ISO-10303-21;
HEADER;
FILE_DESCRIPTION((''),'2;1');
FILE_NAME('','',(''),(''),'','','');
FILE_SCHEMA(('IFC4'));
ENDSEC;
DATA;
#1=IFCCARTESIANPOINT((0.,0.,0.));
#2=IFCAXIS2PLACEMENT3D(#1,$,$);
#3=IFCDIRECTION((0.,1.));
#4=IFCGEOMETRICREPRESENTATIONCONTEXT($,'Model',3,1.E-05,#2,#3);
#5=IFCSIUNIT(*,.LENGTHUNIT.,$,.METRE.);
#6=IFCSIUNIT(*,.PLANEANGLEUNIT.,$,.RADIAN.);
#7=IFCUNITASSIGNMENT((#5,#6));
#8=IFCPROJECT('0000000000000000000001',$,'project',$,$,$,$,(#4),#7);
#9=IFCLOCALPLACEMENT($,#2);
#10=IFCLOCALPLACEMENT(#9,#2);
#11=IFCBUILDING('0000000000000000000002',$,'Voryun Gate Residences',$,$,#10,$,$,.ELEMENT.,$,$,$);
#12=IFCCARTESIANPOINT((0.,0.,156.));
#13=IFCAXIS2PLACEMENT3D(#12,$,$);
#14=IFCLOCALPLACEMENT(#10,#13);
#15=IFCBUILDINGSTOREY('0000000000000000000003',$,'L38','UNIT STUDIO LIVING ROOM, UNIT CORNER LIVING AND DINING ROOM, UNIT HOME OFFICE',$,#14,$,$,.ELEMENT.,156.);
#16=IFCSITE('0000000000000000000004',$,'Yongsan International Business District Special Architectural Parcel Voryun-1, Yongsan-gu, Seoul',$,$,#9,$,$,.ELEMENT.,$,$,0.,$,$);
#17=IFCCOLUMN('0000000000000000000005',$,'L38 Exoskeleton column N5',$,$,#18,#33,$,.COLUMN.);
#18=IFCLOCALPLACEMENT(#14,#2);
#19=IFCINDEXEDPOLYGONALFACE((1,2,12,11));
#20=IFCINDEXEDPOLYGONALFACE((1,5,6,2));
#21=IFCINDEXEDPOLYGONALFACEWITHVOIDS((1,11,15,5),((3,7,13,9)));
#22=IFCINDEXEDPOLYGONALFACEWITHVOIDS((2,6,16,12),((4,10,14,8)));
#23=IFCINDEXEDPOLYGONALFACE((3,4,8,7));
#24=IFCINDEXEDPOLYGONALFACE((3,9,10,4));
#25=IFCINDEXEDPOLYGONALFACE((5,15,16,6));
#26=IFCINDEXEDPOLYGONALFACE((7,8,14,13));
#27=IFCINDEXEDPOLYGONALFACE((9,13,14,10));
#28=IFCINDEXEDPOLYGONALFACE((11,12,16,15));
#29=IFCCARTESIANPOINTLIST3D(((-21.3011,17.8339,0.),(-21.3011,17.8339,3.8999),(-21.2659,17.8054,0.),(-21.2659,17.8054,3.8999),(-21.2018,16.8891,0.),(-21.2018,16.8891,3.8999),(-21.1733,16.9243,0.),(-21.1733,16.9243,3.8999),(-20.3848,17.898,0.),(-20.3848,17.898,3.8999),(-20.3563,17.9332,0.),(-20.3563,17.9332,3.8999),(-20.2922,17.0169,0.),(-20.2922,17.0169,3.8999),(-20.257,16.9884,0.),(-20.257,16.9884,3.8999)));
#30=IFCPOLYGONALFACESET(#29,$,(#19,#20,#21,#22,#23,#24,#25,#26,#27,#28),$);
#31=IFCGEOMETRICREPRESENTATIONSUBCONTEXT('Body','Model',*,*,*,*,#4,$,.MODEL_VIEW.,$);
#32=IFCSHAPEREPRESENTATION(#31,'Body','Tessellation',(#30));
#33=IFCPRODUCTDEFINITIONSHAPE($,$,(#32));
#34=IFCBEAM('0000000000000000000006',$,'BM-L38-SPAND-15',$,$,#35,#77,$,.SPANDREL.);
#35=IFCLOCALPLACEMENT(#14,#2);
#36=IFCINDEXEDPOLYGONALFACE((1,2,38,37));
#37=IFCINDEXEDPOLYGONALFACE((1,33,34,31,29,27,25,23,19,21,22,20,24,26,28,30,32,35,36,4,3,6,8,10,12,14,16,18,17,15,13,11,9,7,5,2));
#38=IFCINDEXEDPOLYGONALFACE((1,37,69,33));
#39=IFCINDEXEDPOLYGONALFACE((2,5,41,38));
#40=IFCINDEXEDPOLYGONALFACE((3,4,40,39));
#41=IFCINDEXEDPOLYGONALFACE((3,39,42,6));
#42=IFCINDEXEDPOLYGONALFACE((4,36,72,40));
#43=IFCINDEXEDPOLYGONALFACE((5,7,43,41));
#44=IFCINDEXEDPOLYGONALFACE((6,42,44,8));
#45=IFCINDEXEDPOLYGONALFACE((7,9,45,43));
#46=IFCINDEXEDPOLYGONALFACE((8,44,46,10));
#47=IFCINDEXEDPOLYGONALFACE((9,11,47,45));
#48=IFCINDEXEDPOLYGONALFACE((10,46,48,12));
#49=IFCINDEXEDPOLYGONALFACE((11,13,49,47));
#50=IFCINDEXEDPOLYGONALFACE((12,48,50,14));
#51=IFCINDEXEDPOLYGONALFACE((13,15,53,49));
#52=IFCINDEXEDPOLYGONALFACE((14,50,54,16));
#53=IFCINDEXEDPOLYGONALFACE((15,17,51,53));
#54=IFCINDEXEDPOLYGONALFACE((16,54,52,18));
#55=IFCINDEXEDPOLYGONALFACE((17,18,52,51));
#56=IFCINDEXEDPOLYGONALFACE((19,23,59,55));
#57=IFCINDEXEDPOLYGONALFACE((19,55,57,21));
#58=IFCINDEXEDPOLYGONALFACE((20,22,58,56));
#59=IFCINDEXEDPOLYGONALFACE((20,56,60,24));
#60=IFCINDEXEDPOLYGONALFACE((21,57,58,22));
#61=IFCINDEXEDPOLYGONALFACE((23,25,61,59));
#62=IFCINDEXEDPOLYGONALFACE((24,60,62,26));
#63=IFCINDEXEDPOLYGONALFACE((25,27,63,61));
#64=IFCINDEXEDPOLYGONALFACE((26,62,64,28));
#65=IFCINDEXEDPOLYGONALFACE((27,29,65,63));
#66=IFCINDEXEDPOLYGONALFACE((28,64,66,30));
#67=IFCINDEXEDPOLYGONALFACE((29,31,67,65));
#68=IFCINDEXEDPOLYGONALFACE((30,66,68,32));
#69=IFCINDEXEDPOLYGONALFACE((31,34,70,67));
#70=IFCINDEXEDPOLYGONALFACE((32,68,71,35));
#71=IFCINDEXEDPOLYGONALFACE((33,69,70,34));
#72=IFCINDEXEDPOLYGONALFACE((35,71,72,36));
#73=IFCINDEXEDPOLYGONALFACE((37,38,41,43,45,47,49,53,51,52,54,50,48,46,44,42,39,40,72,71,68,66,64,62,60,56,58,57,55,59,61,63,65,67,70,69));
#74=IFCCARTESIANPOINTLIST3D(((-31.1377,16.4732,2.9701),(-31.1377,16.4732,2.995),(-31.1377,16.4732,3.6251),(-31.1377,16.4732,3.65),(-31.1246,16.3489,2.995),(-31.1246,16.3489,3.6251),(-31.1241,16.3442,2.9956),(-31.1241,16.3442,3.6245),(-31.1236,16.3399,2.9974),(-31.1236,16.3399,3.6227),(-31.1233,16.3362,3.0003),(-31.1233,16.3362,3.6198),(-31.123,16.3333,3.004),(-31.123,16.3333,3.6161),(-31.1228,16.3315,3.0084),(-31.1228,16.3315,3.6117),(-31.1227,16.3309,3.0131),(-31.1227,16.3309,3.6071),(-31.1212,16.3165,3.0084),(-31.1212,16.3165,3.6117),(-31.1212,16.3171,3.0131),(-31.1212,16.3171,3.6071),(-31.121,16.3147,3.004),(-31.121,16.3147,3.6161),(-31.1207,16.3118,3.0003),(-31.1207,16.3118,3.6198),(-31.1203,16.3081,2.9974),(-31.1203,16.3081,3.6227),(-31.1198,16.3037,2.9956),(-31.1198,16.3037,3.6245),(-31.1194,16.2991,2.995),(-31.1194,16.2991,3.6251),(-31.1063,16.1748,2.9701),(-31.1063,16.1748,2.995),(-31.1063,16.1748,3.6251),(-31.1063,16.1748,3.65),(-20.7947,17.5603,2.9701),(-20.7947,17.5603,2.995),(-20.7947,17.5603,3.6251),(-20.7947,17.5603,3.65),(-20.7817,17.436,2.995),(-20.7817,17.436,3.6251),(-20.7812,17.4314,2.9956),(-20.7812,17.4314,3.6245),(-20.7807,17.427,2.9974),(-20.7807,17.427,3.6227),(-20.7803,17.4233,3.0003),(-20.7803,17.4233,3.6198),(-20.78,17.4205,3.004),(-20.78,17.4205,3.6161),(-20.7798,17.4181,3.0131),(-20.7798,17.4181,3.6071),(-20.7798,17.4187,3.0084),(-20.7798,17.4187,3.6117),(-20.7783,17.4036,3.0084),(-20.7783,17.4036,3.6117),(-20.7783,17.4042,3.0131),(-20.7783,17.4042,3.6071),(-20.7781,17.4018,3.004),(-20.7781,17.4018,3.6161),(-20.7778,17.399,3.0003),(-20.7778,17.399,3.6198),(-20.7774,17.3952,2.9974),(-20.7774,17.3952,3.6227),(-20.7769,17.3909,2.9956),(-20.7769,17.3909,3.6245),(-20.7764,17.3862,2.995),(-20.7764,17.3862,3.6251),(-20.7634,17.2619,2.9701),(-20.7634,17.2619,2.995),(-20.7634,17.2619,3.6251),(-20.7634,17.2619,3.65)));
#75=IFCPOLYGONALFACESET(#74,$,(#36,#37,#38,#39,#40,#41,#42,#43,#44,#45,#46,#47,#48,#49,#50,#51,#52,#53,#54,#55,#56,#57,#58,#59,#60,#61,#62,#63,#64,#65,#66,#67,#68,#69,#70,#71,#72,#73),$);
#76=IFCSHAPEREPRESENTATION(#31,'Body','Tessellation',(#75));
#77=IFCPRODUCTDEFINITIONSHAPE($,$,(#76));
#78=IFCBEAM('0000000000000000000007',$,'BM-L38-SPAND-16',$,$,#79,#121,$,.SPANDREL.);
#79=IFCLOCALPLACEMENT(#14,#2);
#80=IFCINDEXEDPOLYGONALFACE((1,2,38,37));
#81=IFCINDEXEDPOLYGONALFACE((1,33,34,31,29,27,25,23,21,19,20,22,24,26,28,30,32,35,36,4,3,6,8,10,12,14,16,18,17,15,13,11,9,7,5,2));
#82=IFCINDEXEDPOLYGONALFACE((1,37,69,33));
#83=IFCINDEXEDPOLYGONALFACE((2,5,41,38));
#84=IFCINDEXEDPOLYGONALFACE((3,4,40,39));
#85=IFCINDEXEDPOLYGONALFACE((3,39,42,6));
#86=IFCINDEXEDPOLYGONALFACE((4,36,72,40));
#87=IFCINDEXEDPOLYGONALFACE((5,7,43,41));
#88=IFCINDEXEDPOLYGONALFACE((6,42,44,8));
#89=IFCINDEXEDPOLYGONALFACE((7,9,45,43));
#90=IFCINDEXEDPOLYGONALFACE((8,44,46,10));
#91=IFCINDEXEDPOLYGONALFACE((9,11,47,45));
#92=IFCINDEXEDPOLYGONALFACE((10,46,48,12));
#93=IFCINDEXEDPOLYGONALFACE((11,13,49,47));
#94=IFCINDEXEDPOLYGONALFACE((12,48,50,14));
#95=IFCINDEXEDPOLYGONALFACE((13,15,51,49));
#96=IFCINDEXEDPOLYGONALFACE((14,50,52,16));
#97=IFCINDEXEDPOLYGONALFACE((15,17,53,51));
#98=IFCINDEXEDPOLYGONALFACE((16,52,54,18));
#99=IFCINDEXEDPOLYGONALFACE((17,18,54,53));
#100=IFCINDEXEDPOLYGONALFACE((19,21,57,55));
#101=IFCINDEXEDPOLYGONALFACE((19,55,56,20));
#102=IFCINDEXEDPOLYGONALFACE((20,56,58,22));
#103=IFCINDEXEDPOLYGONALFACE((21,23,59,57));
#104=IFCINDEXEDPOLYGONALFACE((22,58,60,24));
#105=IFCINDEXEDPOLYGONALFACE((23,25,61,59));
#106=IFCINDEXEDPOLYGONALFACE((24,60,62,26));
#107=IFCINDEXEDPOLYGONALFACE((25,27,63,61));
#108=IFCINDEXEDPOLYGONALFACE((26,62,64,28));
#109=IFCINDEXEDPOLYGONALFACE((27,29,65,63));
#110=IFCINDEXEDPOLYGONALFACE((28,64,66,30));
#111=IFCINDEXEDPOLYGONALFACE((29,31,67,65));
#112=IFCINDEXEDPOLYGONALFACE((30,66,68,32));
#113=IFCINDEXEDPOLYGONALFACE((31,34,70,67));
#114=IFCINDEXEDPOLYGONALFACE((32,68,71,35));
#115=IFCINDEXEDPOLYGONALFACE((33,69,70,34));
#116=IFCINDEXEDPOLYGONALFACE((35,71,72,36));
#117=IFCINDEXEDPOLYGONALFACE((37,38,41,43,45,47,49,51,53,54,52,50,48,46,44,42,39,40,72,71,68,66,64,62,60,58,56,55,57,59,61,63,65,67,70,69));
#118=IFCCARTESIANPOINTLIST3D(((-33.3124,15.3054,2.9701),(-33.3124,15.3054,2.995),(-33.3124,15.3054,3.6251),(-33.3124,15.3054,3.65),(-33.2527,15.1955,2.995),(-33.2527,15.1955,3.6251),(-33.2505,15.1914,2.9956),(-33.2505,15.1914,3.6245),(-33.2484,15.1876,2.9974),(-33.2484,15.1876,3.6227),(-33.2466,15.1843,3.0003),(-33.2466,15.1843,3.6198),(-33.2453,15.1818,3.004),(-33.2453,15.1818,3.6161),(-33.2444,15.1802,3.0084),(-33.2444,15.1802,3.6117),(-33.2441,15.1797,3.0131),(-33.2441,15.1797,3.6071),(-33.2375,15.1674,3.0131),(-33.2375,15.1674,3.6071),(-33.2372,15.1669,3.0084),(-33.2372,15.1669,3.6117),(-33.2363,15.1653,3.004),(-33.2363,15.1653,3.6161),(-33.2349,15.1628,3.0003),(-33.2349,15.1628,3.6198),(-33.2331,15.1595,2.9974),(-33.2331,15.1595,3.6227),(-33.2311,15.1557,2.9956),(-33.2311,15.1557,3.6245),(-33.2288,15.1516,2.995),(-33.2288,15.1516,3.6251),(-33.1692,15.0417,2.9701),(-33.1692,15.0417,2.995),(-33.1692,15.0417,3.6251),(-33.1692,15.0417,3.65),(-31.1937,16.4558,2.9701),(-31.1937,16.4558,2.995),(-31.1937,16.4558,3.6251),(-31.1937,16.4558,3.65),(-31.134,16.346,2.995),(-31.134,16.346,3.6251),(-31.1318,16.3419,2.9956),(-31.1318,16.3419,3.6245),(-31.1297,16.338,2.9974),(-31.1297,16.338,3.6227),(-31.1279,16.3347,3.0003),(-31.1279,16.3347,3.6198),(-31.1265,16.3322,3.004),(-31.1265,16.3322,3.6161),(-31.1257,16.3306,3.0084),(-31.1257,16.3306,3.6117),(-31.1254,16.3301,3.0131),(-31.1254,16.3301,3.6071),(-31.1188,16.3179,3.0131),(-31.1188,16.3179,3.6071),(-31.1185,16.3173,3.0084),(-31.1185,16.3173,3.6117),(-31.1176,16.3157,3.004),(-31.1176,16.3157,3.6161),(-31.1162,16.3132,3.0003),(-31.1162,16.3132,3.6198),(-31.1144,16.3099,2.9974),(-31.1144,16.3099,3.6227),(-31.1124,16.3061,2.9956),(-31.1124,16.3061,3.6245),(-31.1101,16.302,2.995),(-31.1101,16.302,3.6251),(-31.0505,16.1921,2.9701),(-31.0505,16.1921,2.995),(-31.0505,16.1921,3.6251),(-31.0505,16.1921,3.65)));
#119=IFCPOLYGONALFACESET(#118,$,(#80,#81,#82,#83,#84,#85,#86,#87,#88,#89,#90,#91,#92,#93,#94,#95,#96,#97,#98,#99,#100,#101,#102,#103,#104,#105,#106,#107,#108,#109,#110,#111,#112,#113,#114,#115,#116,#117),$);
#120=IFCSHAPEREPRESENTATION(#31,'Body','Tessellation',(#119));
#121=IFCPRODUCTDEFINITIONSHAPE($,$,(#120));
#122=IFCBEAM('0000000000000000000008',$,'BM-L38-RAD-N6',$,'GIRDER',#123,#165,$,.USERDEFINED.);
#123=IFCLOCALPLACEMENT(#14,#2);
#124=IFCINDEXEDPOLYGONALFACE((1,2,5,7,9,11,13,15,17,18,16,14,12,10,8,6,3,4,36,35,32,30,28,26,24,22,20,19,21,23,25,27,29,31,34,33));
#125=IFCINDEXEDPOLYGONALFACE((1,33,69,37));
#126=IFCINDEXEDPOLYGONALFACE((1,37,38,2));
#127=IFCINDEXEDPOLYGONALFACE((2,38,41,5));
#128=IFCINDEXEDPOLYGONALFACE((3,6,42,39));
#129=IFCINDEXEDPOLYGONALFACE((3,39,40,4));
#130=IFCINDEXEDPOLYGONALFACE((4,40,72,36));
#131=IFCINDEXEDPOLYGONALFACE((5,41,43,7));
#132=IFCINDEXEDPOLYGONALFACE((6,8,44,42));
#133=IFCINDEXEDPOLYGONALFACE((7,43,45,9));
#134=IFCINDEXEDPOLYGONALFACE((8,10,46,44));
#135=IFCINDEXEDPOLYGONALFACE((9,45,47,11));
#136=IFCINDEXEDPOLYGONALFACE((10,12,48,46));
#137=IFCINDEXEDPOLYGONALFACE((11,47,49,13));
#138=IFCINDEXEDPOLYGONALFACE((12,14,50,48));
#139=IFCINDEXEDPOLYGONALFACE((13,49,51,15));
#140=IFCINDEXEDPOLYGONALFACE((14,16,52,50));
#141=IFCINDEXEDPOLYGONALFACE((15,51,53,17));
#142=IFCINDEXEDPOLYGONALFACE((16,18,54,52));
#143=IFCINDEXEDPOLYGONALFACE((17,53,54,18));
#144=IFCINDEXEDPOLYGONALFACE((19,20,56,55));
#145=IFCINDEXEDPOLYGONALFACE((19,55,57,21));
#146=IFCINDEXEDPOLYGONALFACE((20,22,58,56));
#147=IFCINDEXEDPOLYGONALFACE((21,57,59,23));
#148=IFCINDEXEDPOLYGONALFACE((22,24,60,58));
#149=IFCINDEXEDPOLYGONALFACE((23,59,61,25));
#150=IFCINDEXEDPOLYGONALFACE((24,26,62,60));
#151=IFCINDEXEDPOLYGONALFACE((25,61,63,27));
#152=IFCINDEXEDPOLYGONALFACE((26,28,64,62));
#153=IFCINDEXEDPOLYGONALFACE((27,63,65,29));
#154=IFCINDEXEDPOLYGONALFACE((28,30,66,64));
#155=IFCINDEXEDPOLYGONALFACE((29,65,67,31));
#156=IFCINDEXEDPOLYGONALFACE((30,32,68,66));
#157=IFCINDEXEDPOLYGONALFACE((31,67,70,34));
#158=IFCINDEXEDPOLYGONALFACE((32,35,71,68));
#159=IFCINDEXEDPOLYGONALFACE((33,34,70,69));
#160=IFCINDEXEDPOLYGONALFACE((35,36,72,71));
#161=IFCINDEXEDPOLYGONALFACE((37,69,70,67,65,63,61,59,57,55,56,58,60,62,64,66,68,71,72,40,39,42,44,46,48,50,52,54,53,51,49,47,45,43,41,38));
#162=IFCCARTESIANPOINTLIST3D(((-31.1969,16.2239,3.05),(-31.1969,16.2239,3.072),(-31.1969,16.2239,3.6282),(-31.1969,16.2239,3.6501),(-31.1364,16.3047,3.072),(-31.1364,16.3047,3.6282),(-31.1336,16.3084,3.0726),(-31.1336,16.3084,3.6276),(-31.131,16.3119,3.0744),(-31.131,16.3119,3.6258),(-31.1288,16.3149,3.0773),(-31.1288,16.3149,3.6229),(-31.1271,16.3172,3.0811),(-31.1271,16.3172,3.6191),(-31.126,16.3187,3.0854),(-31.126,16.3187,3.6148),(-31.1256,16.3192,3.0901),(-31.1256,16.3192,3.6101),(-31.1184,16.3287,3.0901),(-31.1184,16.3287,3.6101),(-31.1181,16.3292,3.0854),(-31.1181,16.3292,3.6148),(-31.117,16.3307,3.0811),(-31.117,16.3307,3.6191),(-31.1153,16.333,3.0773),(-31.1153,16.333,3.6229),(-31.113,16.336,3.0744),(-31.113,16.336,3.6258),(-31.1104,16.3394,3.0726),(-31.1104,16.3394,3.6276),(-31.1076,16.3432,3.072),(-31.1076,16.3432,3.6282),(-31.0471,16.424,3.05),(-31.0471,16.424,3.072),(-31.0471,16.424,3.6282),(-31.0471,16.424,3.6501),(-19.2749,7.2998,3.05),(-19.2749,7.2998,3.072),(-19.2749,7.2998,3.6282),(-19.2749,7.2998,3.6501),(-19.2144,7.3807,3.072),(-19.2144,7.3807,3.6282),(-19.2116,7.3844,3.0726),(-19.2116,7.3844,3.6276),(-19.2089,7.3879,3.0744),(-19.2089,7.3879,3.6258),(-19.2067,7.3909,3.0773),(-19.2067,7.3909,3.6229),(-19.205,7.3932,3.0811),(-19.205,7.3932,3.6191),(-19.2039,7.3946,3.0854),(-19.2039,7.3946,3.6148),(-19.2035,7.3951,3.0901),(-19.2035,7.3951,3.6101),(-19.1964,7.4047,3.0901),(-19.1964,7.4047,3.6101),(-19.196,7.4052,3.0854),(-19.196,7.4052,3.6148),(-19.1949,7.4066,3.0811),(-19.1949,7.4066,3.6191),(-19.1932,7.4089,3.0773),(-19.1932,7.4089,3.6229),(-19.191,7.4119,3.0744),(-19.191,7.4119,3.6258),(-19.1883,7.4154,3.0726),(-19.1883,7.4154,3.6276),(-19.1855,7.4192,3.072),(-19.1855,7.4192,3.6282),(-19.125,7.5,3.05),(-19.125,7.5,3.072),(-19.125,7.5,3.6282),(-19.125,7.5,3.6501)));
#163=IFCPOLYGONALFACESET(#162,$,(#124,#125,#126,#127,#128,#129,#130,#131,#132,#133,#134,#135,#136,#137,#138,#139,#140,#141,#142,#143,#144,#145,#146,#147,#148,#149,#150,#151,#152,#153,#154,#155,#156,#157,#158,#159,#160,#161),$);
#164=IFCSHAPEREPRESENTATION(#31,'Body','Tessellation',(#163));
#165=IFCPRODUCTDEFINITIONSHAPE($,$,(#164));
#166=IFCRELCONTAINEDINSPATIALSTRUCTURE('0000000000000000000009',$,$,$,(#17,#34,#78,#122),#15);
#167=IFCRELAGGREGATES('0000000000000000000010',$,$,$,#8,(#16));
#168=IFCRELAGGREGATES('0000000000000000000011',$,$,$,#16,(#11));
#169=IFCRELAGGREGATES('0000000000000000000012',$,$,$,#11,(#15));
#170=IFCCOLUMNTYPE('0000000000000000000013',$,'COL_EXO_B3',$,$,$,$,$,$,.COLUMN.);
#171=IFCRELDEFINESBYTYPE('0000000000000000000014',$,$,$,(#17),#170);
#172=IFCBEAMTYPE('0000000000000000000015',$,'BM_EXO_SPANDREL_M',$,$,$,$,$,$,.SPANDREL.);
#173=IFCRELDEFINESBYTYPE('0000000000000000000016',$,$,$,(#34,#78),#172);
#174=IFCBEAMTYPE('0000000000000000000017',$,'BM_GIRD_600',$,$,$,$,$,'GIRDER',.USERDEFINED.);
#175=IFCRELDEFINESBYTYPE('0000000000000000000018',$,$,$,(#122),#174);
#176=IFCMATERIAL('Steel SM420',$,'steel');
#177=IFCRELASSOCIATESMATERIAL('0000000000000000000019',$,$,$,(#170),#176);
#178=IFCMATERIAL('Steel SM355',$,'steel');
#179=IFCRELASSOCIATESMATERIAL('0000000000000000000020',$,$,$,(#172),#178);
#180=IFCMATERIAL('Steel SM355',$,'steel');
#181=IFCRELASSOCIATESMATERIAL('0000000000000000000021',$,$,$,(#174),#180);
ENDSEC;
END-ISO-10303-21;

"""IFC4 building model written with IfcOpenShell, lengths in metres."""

from ifc_helpers import new_model, si_unit, direction, frame, origin, origin_2d, place, context, subcontext, project, spatial, hollow_rectangle, i_section, extrude, material, material_profile, profile_set, type_object, element, save


model = new_model("IFC4")

# Units and contexts
model_context = context("Model", 3, precision=1e-05, world=origin(), true_north=direction((0.0, 1.0)))
body_context = subcontext(model_context, "Body", "Model", "MODEL_VIEW")
ifc_project = project(units=[si_unit("LENGTHUNIT", "METRE"), si_unit("PLANEANGLEUNIT", "RADIAN")], contexts=[model_context])

# Site, building, storey
site_placement = place(None, origin())
site = spatial("IfcSite", under=ifc_project, at=site_placement, Name="Yongsan International Business District Special Architectural Parcel Voryun-1, Yongsan-gu, Seoul", CompositionType="ELEMENT", RefElevation=0.0)
building_placement = place(site_placement, origin())
building = spatial("IfcBuilding", under=site, at=building_placement, Name="Voryun Gate Residences", CompositionType="ELEMENT")
storey_placement = place(building_placement, frame((0.0, 0.0, 156.0)))
storey = spatial("IfcBuildingStorey", under=building, at=storey_placement, Name="L38", Description="UNIT STUDIO LIVING ROOM, UNIT CORNER LIVING AND DINING ROOM, UNIT HOME OFFICE", CompositionType="ELEMENT", Elevation=156.0)

# Column
ifc_material_1 = material(Name="Steel SM420", Category="steel")
ifc_material_profile_1 = material_profile(ifc_material_1, hollow_rectangle(XDim=0.95, YDim=0.95, WallThickness=0.032, at=origin_2d()), Name="BOX-950x950x32")
ifc_profile_set_1 = profile_set([ifc_material_profile_1], Name="Steel SM420")
column_type = type_object("IfcColumnType", Name="COL_EXO_B3", PredefinedType="COLUMN", material=ifc_profile_set_1)
column_placement = place(storey_placement, frame((-20.7791, 17.4111, 0.0), z_axis=(0.0, 0.0, 1.0), x_axis=(0.994522, 0.104528, 0.0)))
element("IfcColumn", 1, at=column_placement, inside=storey, type_object=column_type, Name="L38 Exoskeleton column N5", PredefinedType="COLUMN", context=body_context, shape_type="SweptSolid", body=[
    extrude(hollow_rectangle(XDim=0.95, YDim=0.95, WallThickness=0.032, at=origin_2d()), origin(), (0.0, 0.0, 1.0), 3.8999),
])

# Beams
ifc_material_2 = material(Name="Steel SM355", Category="steel")
ifc_material_profile_2 = material_profile(ifc_material_2, i_section(OverallWidth=0.3, OverallDepth=0.6799, WebThickness=0.0139, FlangeThickness=0.0249, FilletRadius=0.0181, at=origin_2d()), Name="H-680x300x14x25")
ifc_profile_set_2 = profile_set([ifc_material_profile_2], Name="Steel SM355")
beam_type_1 = type_object("IfcBeamType", Name="BM_EXO_SPANDREL_M", PredefinedType="SPANDREL", material=ifc_profile_set_2)
beam_1_placement = place(storey_placement, frame((-20.7791, 17.4111, 3.3101), z_axis=(-0.994521, -0.104534, 0.0), x_axis=(0.104534, -0.994521, 0.0)))
element("IfcBeam", 2, at=beam_1_placement, inside=storey, type_object=beam_type_1, Name="BM-L38-SPAND-15", PredefinedType="SPANDREL", context=body_context, shape_type="SweptSolid", body=[
    extrude(i_section(OverallWidth=0.3, OverallDepth=0.6799, WebThickness=0.0139, FlangeThickness=0.0249, FilletRadius=0.0181, at=origin_2d()), origin(), (0.0, 0.0, 1.0), 10.3999),
])
beam_2_placement = place(storey_placement, frame((-31.1221, 16.324, 3.3101), z_axis=(-0.878807, -0.477177, 0.0), x_axis=(0.477177, -0.878807, 0.0)))
element("IfcBeam", 3, at=beam_2_placement, inside=storey, type_object=beam_type_1, Name="BM-L38-SPAND-16", PredefinedType="SPANDREL", context=body_context, shape_type="SweptSolid", body=[
    extrude(i_section(OverallWidth=0.3, OverallDepth=0.6799, WebThickness=0.0139, FlangeThickness=0.0249, FilletRadius=0.0181, at=origin_2d()), origin(), (0.0, 0.0, 1.0), 2.4109),
])
ifc_material_3 = material(Name="Steel SM355", Category="steel")
ifc_material_profile_3 = material_profile(ifc_material_3, i_section(OverallWidth=0.25, OverallDepth=0.6001, WebThickness=0.012, FlangeThickness=0.022, FilletRadius=0.0181, at=origin_2d()), Name="H-600x250x12x22")
ifc_profile_set_3 = profile_set([ifc_material_profile_3], Name="Steel SM355")
beam_type_2 = type_object("IfcBeamType", Name="BM_GIRD_600", ElementType="GIRDER", PredefinedType="USERDEFINED", material=ifc_profile_set_3)
beam_3_placement = place(storey_placement, frame((-19.2, 7.3999, 3.3501), z_axis=(-0.800564, 0.599247, 0.0), x_axis=(-0.599247, -0.800564, 0.0)))
element("IfcBeam", 4, at=beam_3_placement, inside=storey, type_object=beam_type_2, Name="BM-L38-RAD-N6", ObjectType="GIRDER", PredefinedType="USERDEFINED", context=body_context, shape_type="SweptSolid", body=[
    extrude(i_section(OverallWidth=0.25, OverallDepth=0.6001, WebThickness=0.012, FlangeThickness=0.022, FilletRadius=0.0181, at=origin_2d()), origin(), (0.0, 0.0, 1.0), 14.8921),
])

save(model, "model.ifc")
